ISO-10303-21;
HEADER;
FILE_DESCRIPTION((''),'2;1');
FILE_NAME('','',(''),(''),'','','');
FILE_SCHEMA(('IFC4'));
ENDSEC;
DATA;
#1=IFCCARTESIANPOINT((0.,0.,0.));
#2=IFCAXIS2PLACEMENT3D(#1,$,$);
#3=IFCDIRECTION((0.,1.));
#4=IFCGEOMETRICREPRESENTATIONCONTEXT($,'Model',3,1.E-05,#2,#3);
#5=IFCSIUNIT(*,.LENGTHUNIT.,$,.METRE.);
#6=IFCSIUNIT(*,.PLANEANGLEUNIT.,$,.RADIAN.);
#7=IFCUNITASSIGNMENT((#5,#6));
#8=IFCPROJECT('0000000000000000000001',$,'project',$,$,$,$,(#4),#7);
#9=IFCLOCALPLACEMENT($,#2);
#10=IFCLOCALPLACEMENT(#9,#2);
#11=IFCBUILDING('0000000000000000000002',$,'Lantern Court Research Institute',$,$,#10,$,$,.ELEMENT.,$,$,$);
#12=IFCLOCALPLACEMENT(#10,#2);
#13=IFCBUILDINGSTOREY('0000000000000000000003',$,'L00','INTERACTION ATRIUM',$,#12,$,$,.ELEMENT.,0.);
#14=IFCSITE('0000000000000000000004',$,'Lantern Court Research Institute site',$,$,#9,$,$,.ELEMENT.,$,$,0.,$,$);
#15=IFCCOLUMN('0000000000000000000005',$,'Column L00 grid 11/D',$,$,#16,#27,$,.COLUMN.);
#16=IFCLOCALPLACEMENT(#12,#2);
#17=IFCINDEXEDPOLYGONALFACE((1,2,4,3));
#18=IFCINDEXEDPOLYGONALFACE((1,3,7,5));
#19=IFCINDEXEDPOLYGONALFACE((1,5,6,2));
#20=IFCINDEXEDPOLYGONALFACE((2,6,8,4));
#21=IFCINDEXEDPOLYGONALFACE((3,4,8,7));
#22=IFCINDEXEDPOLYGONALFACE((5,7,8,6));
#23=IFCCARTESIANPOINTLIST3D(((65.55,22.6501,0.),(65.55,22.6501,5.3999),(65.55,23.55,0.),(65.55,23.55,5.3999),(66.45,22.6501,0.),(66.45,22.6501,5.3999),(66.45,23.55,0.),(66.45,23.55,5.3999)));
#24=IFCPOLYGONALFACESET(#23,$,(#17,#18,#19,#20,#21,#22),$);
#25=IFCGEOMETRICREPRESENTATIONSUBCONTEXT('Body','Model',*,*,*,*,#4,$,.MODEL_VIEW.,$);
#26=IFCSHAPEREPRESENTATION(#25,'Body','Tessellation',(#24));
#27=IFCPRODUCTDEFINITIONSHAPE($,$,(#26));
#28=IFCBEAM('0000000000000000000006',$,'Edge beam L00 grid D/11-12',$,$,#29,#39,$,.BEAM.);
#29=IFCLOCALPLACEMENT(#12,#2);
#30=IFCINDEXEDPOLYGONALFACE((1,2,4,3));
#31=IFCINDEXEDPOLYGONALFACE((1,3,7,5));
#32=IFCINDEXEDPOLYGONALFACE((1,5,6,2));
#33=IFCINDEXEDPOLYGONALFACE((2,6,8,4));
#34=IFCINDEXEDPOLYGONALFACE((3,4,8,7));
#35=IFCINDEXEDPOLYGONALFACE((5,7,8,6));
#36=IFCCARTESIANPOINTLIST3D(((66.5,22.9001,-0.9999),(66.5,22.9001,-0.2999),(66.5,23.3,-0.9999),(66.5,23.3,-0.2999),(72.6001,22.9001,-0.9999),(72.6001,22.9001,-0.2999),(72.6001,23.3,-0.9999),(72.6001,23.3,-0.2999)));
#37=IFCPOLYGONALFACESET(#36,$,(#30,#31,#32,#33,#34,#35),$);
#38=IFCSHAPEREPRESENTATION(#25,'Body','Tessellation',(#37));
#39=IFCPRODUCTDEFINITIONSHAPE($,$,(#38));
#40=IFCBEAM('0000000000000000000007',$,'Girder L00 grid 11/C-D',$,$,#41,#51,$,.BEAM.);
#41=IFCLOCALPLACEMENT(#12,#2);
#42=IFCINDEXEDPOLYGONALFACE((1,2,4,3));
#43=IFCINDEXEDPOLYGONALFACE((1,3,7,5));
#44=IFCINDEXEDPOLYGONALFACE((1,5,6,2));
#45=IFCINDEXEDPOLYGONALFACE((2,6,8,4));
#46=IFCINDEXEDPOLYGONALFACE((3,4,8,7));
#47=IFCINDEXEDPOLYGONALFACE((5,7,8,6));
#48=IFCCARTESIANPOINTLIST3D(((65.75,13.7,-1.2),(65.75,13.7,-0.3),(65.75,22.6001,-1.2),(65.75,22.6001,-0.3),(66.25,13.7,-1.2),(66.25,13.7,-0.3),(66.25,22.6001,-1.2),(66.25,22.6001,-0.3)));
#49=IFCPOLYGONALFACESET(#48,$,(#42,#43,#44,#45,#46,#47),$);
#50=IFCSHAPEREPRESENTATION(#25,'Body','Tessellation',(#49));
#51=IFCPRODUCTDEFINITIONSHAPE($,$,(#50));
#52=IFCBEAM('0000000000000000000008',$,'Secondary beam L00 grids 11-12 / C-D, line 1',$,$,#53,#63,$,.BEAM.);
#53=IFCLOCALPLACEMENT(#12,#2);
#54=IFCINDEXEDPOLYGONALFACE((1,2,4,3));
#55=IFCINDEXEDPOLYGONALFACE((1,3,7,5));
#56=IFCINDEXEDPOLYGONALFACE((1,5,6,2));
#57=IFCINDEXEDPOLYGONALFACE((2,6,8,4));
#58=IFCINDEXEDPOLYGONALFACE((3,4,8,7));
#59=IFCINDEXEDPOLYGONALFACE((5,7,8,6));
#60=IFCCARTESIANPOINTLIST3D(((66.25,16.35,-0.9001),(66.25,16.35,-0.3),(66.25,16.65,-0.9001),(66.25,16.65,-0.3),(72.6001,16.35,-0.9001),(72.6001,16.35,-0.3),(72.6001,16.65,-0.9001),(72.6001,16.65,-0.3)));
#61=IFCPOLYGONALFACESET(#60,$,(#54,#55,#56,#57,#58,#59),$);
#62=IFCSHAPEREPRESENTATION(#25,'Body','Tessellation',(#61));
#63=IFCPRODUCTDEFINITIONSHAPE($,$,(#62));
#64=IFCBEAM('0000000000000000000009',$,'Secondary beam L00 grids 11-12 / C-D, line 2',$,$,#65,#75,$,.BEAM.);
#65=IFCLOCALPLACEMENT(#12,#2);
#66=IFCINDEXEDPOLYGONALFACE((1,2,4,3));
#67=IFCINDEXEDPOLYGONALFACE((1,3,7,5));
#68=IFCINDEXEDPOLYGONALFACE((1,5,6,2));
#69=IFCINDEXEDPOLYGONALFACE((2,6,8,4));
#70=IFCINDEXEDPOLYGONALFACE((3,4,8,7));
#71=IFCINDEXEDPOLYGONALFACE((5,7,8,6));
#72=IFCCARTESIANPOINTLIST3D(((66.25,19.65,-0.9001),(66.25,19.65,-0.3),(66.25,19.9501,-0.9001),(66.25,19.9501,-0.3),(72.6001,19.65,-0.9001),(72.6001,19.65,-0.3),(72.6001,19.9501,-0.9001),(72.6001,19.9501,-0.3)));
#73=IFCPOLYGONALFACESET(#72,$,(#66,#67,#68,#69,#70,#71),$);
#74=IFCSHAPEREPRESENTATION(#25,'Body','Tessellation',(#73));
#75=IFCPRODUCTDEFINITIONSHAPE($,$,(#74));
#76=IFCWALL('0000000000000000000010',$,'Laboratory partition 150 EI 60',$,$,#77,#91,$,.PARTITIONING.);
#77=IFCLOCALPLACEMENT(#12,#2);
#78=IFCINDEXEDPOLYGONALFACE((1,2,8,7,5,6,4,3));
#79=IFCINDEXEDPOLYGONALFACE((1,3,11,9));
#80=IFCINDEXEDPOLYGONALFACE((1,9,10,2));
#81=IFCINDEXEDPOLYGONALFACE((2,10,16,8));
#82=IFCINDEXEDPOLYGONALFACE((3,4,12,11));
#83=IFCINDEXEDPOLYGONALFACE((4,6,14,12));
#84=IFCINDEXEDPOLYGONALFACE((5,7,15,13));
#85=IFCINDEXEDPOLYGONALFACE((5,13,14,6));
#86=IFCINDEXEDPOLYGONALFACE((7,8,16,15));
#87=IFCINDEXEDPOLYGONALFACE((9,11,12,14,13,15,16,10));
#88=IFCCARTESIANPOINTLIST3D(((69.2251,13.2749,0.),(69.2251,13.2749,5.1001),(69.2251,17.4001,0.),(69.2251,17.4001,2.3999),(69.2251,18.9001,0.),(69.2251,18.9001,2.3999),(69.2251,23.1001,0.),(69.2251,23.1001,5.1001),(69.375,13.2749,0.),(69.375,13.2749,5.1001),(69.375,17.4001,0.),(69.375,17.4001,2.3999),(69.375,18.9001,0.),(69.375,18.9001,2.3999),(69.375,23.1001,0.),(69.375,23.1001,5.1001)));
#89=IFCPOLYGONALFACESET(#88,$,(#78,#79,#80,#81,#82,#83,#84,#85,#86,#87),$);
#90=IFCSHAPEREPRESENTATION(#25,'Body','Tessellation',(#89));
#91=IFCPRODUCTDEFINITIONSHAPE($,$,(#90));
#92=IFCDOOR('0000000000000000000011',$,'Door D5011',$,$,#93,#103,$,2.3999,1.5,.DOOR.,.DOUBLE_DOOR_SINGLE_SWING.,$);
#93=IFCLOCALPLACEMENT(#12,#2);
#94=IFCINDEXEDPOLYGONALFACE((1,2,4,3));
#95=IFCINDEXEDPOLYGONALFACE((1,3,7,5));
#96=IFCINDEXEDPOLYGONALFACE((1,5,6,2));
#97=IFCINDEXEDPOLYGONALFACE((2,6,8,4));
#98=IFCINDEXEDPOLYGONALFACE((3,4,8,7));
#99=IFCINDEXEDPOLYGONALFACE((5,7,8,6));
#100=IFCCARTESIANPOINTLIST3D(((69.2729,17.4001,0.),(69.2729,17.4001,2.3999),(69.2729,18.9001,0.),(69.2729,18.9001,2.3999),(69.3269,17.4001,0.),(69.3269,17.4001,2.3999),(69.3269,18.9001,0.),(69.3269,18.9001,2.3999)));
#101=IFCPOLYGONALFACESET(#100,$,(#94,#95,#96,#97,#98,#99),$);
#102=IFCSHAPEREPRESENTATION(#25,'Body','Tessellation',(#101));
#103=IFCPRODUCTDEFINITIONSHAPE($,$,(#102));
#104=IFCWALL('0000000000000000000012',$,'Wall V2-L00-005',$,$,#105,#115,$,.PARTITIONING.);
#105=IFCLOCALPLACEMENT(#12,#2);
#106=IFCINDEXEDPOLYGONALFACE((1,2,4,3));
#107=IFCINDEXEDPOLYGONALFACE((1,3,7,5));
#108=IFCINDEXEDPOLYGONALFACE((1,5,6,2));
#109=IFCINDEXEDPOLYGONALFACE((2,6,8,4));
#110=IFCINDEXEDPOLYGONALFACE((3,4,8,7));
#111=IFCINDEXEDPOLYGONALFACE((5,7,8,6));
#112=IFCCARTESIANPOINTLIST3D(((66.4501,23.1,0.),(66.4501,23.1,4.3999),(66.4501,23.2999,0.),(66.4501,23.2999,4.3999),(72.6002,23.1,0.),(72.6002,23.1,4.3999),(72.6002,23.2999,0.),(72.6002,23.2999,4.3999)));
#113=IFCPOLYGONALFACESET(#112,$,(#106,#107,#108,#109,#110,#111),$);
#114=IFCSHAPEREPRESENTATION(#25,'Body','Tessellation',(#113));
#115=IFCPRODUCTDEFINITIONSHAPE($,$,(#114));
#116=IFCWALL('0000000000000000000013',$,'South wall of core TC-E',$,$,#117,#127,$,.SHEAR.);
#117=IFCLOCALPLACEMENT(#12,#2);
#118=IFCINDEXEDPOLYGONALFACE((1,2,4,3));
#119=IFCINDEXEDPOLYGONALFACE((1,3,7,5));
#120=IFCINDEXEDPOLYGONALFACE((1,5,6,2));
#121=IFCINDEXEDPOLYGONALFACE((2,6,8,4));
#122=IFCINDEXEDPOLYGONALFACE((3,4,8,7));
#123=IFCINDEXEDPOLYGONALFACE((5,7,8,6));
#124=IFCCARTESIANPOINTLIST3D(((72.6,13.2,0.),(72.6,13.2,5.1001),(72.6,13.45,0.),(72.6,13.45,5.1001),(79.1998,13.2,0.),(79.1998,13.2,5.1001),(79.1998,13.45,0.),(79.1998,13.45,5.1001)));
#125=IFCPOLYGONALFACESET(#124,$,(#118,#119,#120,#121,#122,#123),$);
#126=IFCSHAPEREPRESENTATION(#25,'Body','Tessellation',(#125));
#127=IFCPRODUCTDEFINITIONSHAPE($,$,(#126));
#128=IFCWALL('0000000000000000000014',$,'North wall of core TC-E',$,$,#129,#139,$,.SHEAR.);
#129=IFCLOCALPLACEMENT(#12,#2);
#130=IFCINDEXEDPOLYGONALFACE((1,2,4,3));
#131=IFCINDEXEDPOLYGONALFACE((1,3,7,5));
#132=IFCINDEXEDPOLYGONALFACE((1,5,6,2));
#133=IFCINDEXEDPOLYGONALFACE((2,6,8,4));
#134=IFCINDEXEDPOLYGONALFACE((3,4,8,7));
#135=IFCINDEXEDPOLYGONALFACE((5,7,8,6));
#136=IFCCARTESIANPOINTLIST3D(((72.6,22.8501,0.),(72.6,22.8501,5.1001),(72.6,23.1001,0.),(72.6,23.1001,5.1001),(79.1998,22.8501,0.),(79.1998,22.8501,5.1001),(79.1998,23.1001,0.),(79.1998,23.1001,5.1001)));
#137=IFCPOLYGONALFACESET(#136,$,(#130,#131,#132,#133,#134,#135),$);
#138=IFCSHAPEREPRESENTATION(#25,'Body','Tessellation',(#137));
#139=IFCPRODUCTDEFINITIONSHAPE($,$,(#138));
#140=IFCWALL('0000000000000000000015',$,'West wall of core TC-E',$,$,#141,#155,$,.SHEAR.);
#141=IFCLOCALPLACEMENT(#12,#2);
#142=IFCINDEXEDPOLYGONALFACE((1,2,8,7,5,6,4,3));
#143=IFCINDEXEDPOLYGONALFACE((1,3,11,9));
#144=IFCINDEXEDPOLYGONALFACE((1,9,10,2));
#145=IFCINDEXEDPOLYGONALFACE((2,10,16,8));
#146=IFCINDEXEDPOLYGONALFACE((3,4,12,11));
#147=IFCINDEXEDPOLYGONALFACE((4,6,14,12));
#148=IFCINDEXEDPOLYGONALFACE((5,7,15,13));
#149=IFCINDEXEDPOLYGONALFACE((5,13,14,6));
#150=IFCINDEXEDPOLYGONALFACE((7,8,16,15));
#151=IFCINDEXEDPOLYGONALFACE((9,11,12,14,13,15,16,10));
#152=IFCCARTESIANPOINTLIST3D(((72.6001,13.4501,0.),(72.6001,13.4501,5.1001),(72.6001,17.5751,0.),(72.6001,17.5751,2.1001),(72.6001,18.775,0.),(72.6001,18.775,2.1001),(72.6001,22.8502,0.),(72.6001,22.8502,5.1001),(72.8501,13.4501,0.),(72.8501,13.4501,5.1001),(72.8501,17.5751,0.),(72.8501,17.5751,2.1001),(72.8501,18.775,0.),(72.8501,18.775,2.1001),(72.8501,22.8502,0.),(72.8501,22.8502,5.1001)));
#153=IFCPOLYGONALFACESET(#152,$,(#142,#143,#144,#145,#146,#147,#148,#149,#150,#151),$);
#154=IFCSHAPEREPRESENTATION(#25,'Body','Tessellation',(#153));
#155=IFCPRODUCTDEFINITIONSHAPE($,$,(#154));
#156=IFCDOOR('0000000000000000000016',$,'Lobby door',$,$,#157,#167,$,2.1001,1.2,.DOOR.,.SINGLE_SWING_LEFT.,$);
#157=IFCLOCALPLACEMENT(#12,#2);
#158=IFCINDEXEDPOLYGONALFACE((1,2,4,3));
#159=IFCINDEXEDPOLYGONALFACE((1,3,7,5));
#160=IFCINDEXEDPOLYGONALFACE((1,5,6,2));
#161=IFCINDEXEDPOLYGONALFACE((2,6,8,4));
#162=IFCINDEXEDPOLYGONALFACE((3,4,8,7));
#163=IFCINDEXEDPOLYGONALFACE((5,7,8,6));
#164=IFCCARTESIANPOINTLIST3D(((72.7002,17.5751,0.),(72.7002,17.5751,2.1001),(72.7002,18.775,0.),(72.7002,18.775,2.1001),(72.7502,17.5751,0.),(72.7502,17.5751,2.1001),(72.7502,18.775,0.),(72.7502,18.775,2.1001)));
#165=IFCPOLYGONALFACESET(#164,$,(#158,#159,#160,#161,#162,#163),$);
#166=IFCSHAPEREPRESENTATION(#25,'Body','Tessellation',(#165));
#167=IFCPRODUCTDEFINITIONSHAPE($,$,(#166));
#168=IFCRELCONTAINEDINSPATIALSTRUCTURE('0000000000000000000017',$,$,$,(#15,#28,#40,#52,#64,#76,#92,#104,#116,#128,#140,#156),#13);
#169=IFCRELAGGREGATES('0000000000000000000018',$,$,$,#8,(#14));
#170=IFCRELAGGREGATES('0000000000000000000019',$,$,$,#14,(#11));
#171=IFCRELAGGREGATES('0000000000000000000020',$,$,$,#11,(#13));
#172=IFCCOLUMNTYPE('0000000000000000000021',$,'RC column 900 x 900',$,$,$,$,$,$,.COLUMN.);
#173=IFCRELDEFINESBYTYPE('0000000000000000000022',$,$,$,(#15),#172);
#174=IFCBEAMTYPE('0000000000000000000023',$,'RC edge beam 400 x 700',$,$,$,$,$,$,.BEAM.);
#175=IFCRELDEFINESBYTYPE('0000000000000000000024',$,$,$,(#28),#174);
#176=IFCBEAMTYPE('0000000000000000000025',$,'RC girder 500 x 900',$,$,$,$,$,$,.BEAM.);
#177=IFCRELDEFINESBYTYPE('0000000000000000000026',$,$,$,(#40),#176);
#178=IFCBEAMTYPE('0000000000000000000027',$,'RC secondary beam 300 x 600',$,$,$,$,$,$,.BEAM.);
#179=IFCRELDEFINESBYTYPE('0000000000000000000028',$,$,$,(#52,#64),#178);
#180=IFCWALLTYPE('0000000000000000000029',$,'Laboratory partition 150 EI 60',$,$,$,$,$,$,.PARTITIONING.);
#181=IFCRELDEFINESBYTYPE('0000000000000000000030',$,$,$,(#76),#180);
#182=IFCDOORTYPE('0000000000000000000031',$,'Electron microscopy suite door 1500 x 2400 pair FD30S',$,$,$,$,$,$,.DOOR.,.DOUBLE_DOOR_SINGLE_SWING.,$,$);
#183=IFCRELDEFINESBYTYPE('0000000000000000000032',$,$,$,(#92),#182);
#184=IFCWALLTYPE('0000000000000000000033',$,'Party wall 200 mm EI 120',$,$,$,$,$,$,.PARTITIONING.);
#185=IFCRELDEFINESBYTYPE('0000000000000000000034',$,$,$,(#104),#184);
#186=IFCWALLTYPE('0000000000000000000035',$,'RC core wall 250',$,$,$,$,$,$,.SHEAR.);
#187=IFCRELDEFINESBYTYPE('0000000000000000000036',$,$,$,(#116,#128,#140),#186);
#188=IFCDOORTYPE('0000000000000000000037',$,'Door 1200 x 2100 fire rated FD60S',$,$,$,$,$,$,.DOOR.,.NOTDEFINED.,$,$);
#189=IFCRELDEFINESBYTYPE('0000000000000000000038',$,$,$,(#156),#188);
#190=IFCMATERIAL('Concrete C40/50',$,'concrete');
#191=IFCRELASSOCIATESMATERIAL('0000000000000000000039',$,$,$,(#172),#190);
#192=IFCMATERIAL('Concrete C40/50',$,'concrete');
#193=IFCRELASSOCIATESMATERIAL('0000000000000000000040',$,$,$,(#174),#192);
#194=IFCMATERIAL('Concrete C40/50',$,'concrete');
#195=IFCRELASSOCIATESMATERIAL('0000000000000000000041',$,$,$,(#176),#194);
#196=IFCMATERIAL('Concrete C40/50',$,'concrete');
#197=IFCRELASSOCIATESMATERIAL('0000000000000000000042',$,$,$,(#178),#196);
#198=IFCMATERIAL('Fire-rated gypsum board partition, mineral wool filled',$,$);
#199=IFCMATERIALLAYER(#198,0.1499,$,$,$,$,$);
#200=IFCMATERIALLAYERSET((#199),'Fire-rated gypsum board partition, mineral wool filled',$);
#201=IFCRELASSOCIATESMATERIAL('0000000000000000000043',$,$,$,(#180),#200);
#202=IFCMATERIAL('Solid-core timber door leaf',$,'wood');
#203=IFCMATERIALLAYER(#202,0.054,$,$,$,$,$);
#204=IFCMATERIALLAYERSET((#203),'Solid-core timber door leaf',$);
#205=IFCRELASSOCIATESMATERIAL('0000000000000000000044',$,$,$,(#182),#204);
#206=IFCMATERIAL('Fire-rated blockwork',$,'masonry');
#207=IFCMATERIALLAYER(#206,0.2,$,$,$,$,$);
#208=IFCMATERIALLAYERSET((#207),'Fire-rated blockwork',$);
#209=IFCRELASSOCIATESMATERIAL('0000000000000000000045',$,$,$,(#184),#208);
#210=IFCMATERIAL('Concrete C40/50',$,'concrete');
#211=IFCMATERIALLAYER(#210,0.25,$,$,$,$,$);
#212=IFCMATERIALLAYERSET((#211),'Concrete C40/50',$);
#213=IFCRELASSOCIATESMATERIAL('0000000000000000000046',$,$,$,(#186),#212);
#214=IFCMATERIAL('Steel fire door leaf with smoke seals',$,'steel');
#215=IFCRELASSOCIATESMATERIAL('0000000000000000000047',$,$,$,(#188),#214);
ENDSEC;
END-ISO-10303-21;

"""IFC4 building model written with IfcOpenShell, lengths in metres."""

from ifc_helpers import new_model, si_unit, direction, frame, frame_2d, origin, origin_2d, place, context, subcontext, project, spatial, rectangle, extrude, material, layer, layer_set, material_profile, profile_set, type_object, element, fill, save


model = new_model("IFC4")

# Units and contexts
model_context = context("Model", 3, precision=1e-05, world=origin(), true_north=direction((0.0, 1.0)))
body_context = subcontext(model_context, "Body", "Model", "MODEL_VIEW")
ifc_project = project(units=[si_unit("LENGTHUNIT", "METRE"), si_unit("PLANEANGLEUNIT", "RADIAN")], contexts=[model_context])

# Site, building, storey
site_placement = place(None, origin())
site = spatial("IfcSite", under=ifc_project, at=site_placement, Name="Lantern Court Research Institute site", CompositionType="ELEMENT", RefElevation=0.0)
building_placement = place(site_placement, origin())
building = spatial("IfcBuilding", under=site, at=building_placement, Name="Lantern Court Research Institute", CompositionType="ELEMENT")
storey_placement = place(building_placement, origin())
storey = spatial("IfcBuildingStorey", under=building, at=storey_placement, Name="L00", Description="INTERACTION ATRIUM", CompositionType="ELEMENT", Elevation=0.0)

# Column
ifc_material_1 = material(Name="Concrete C40/50", Category="concrete")
ifc_material_profile_1 = material_profile(ifc_material_1, rectangle(XDim=0.8999, YDim=0.8999, at=origin_2d()), Name="RC column 900 x 900")
ifc_profile_set_1 = profile_set([ifc_material_profile_1], Name="Concrete C40/50")
column_type = type_object("IfcColumnType", Name="RC column 900 x 900", PredefinedType="COLUMN", material=ifc_profile_set_1)
column_placement = place(storey_placement, frame((66.0, 23.1001, 0.0), z_axis=(0.0, 0.0, 1.0), x_axis=(1.0, 0.0, 0.0)))
element("IfcColumn", 1, at=column_placement, inside=storey, type_object=column_type, Name="Column L00 grid 11/D", PredefinedType="COLUMN", context=body_context, shape_type="SweptSolid", body=[
    extrude(rectangle(XDim=0.8999, YDim=0.8999, at=origin_2d()), origin(), (0.0, 0.0, 1.0), 5.3999),
])

# Beams
ifc_material_2 = material(Name="Concrete C40/50", Category="concrete")
ifc_material_profile_2 = material_profile(ifc_material_2, rectangle(XDim=0.3999, YDim=0.7, at=origin_2d()), Name="RC beam 400 x 700")
ifc_profile_set_2 = profile_set([ifc_material_profile_2], Name="Concrete C40/50")
beam_type_1 = type_object("IfcBeamType", Name="RC edge beam 400 x 700", PredefinedType="BEAM", material=ifc_profile_set_2)
beam_1_placement = place(storey_placement, frame((66.5, 23.1001, -0.6499), z_axis=(1.0, 0.0, 0.0), x_axis=(0.0, 1.0, 0.0)))
element("IfcBeam", 2, at=beam_1_placement, inside=storey, type_object=beam_type_1, Name="Edge beam L00 grid D/11-12", PredefinedType="BEAM", context=body_context, shape_type="SweptSolid", body=[
    extrude(rectangle(XDim=0.3999, YDim=0.7, at=origin_2d()), origin(), (0.0, 0.0, 1.0), 6.1001),
])
ifc_material_3 = material(Name="Concrete C40/50", Category="concrete")
ifc_material_profile_3 = material_profile(ifc_material_3, rectangle(XDim=0.5, YDim=0.8999, at=origin_2d()), Name="RC beam 500 x 900")
ifc_profile_set_3 = profile_set([ifc_material_profile_3], Name="Concrete C40/50")
beam_type_2 = type_object("IfcBeamType", Name="RC girder 500 x 900", PredefinedType="BEAM", material=ifc_profile_set_3)
beam_2_placement = place(storey_placement, frame((66.0, 13.7, -0.75), z_axis=(0.0, 1.0, 0.0), x_axis=(-1.0, 0.0, 0.0)))
element("IfcBeam", 3, at=beam_2_placement, inside=storey, type_object=beam_type_2, Name="Girder L00 grid 11/C-D", PredefinedType="BEAM", context=body_context, shape_type="SweptSolid", body=[
    extrude(rectangle(XDim=0.5, YDim=0.8999, at=origin_2d()), origin(), (0.0, 0.0, 1.0), 8.9001),
])
ifc_material_4 = material(Name="Concrete C40/50", Category="concrete")
ifc_material_profile_4 = material_profile(ifc_material_4, rectangle(XDim=0.3, YDim=0.6001, at=origin_2d()), Name="RC beam 300 x 600")
ifc_profile_set_4 = profile_set([ifc_material_profile_4], Name="Concrete C40/50")
beam_type_3 = type_object("IfcBeamType", Name="RC secondary beam 300 x 600", PredefinedType="BEAM", material=ifc_profile_set_4)
for number, where, z_axis, x_axis, name in (
    (4, (66.25, 16.5, -0.6001), (1.0, 0.0, 0.0), (0.0, 1.0, 0.0), "Secondary beam L00 grids 11-12 / C-D, line 1"),
    (5, (66.25, 19.8, -0.6001), (1.0, 0.0, 0.0), (0.0, 1.0, 0.0), "Secondary beam L00 grids 11-12 / C-D, line 2"),
):
    element("IfcBeam", number, at=place(storey_placement, frame(where, z_axis=z_axis, x_axis=x_axis)), inside=storey, type_object=beam_type_3, Name=name, PredefinedType="BEAM", context=body_context, shape_type="SweptSolid", body=[
        extrude(rectangle(XDim=0.3, YDim=0.6001, at=origin_2d()), origin(), (0.0, 0.0, 1.0), 6.3501),
    ])

# Wall, opening, door
ifc_material_5 = material(Name="Fire-rated gypsum board partition, mineral wool filled")
ifc_layer_1 = layer(ifc_material_5, 0.1499)
ifc_layer_set_1 = layer_set([ifc_layer_1], Name="Fire-rated gypsum board partition, mineral wool filled")
wall_type_1 = type_object("IfcWallType", Name="Laboratory partition 150 EI 60", PredefinedType="PARTITIONING", material=ifc_layer_set_1)
wall_1_placement = place(storey_placement, frame((69.3, 23.1001, 0.0), z_axis=(0.0, 0.0, 1.0), x_axis=(0.0, -1.0, 0.0)))
wall_1 = element("IfcWall", 6, at=wall_1_placement, inside=storey, type_object=wall_type_1, Name="Laboratory partition 150 EI 60", PredefinedType="PARTITIONING", context=body_context, shape_type="SweptSolid", body=[
    extrude(rectangle(XDim=9.8252, YDim=0.1499, at=frame_2d((4.9126, 0.0))), origin(), (0.0, 0.0, 1.0), 5.1001),
])
opening_1_placement = place(wall_1_placement, frame((4.2, 0.0, 0.0)))
opening_1 = element("IfcOpeningElement", 7, at=opening_1_placement, cuts=wall_1, PredefinedType="OPENING", context=body_context, shape_type="SweptSolid", body=[
    extrude(rectangle(XDim=1.5, YDim=2.3999, at=frame_2d((0.75, 1.2))), frame((0.0, 0.085, 0.0), z_axis=(0.0, -1.0, 0.0), x_axis=(1.0, 0.0, 0.0)), (0.0, 0.0, 1.0), 0.1699),
])
ifc_material_6 = material(Name="Solid-core timber door leaf", Category="wood")
ifc_layer_2 = layer(ifc_material_6, 0.054)
ifc_layer_set_2 = layer_set([ifc_layer_2], Name="Solid-core timber door leaf")
door_type_1 = type_object("IfcDoorType", Name="Electron microscopy suite door 1500 x 2400 pair FD30S", OperationType="DOUBLE_DOOR_SINGLE_SWING", PredefinedType="DOOR", material=ifc_layer_set_2)
door_1_placement = place(opening_1_placement, origin())
door_1 = element("IfcDoor", 8, at=door_1_placement, inside=storey, type_object=door_type_1, Name="Door D5011", OperationType="DOUBLE_DOOR_SINGLE_SWING", OverallHeight=2.3999, OverallWidth=1.5, PredefinedType="DOOR", context=body_context, shape_type="SweptSolid", body=[
    extrude(rectangle(XDim=1.5, YDim=2.3999, at=frame_2d((0.75, 1.2))), frame((0.0, 0.0269, 0.0), z_axis=(0.0, -1.0, 0.0), x_axis=(1.0, 0.0, 0.0)), (0.0, 0.0, 1.0), 0.054),
])
fill(opening_1, door_1)

# Walls
ifc_material_7 = material(Name="Fire-rated blockwork", Category="masonry")
ifc_layer_3 = layer(ifc_material_7, 0.2)
ifc_layer_set_3 = layer_set([ifc_layer_3], Name="Fire-rated blockwork")
wall_type_2 = type_object("IfcWallType", Name="Party wall 200 mm EI 120", PredefinedType="PARTITIONING", material=ifc_layer_set_3)
wall_2_placement = place(storey_placement, frame((66.45, 23.2, 0.0), z_axis=(0.0, 0.0, 1.0), x_axis=(1.0, 0.0, 0.0)))
element("IfcWall", 9, at=wall_2_placement, inside=storey, type_object=wall_type_2, Name="Wall V2-L00-005", PredefinedType="PARTITIONING", context=body_context, shape_type="SweptSolid", body=[
    extrude(rectangle(XDim=6.1501, YDim=0.2, at=frame_2d((3.0752, 0.0))), origin(), (0.0, 0.0, 1.0), 4.3999),
])
ifc_material_8 = material(Name="Concrete C40/50", Category="concrete")
ifc_layer_4 = layer(ifc_material_8, 0.25)
ifc_layer_set_4 = layer_set([ifc_layer_4], Name="Concrete C40/50")
wall_type_3 = type_object("IfcWallType", Name="RC core wall 250", PredefinedType="SHEAR", material=ifc_layer_set_4)
for number, where, z_axis, x_axis, name in (
    (10, (72.6001, 13.325, 0.0), (0.0, 0.0, 1.0), (1.0, 0.0, 0.0), "South wall of core TC-E"),
    (11, (72.6001, 22.9751, 0.0), (0.0, 0.0, 1.0), (1.0, 0.0, 0.0), "North wall of core TC-E"),
):
    element("IfcWall", number, at=place(storey_placement, frame(where, z_axis=z_axis, x_axis=x_axis)), inside=storey, type_object=wall_type_3, Name=name, PredefinedType="SHEAR", context=body_context, shape_type="SweptSolid", body=[
        extrude(rectangle(XDim=6.5999, YDim=0.25, at=frame_2d((3.2998, 0.0))), origin(), (0.0, 0.0, 1.0), 5.1001),
    ])

# Wall, opening, door
wall_3_placement = place(storey_placement, frame((72.7251, 13.45, 0.0), z_axis=(0.0, 0.0, 1.0), x_axis=(0.0, 1.0, 0.0)))
wall_3 = element("IfcWall", 12, at=wall_3_placement, inside=storey, type_object=wall_type_3, Name="West wall of core TC-E", PredefinedType="SHEAR", context=body_context, shape_type="SweptSolid", body=[
    extrude(rectangle(XDim=9.4001, YDim=0.25, at=frame_2d((4.7002, 0.0))), origin(), (0.0, 0.0, 1.0), 5.1001),
])
opening_2_placement = place(wall_3_placement, frame((4.125, 0.0, 0.0)))
opening_2 = element("IfcOpeningElement", 13, at=opening_2_placement, cuts=wall_3, PredefinedType="OPENING", context=body_context, shape_type="SweptSolid", body=[
    extrude(rectangle(XDim=1.2, YDim=2.1001, at=frame_2d((0.6001, 1.05))), frame((0.0, 0.135, 0.0), z_axis=(0.0, -1.0, 0.0), x_axis=(1.0, 0.0, 0.0)), (0.0, 0.0, 1.0), 0.27),
])
ifc_material_9 = material(Name="Steel fire door leaf with smoke seals", Category="steel")
door_type_2 = type_object("IfcDoorType", Name="Door 1200 x 2100 fire rated FD60S", OperationType="NOTDEFINED", PredefinedType="DOOR", material=ifc_material_9)
door_2_placement = place(opening_2_placement, origin())
door_2 = element("IfcDoor", 14, at=door_2_placement, inside=storey, type_object=door_type_2, Name="Lobby door", OperationType="SINGLE_SWING_LEFT", OverallHeight=2.1001, OverallWidth=1.2, PredefinedType="DOOR", context=body_context, shape_type="SweptSolid", body=[
    extrude(rectangle(XDim=1.2, YDim=2.1001, at=frame_2d((0.6001, 1.05))), frame((0.0, 0.0249, 0.0), z_axis=(0.0, -1.0, 0.0), x_axis=(1.0, 0.0, 0.0)), (0.0, 0.0, 1.0), 0.05),
])
fill(opening_2, door_2)

save(model, "model.ifc")
